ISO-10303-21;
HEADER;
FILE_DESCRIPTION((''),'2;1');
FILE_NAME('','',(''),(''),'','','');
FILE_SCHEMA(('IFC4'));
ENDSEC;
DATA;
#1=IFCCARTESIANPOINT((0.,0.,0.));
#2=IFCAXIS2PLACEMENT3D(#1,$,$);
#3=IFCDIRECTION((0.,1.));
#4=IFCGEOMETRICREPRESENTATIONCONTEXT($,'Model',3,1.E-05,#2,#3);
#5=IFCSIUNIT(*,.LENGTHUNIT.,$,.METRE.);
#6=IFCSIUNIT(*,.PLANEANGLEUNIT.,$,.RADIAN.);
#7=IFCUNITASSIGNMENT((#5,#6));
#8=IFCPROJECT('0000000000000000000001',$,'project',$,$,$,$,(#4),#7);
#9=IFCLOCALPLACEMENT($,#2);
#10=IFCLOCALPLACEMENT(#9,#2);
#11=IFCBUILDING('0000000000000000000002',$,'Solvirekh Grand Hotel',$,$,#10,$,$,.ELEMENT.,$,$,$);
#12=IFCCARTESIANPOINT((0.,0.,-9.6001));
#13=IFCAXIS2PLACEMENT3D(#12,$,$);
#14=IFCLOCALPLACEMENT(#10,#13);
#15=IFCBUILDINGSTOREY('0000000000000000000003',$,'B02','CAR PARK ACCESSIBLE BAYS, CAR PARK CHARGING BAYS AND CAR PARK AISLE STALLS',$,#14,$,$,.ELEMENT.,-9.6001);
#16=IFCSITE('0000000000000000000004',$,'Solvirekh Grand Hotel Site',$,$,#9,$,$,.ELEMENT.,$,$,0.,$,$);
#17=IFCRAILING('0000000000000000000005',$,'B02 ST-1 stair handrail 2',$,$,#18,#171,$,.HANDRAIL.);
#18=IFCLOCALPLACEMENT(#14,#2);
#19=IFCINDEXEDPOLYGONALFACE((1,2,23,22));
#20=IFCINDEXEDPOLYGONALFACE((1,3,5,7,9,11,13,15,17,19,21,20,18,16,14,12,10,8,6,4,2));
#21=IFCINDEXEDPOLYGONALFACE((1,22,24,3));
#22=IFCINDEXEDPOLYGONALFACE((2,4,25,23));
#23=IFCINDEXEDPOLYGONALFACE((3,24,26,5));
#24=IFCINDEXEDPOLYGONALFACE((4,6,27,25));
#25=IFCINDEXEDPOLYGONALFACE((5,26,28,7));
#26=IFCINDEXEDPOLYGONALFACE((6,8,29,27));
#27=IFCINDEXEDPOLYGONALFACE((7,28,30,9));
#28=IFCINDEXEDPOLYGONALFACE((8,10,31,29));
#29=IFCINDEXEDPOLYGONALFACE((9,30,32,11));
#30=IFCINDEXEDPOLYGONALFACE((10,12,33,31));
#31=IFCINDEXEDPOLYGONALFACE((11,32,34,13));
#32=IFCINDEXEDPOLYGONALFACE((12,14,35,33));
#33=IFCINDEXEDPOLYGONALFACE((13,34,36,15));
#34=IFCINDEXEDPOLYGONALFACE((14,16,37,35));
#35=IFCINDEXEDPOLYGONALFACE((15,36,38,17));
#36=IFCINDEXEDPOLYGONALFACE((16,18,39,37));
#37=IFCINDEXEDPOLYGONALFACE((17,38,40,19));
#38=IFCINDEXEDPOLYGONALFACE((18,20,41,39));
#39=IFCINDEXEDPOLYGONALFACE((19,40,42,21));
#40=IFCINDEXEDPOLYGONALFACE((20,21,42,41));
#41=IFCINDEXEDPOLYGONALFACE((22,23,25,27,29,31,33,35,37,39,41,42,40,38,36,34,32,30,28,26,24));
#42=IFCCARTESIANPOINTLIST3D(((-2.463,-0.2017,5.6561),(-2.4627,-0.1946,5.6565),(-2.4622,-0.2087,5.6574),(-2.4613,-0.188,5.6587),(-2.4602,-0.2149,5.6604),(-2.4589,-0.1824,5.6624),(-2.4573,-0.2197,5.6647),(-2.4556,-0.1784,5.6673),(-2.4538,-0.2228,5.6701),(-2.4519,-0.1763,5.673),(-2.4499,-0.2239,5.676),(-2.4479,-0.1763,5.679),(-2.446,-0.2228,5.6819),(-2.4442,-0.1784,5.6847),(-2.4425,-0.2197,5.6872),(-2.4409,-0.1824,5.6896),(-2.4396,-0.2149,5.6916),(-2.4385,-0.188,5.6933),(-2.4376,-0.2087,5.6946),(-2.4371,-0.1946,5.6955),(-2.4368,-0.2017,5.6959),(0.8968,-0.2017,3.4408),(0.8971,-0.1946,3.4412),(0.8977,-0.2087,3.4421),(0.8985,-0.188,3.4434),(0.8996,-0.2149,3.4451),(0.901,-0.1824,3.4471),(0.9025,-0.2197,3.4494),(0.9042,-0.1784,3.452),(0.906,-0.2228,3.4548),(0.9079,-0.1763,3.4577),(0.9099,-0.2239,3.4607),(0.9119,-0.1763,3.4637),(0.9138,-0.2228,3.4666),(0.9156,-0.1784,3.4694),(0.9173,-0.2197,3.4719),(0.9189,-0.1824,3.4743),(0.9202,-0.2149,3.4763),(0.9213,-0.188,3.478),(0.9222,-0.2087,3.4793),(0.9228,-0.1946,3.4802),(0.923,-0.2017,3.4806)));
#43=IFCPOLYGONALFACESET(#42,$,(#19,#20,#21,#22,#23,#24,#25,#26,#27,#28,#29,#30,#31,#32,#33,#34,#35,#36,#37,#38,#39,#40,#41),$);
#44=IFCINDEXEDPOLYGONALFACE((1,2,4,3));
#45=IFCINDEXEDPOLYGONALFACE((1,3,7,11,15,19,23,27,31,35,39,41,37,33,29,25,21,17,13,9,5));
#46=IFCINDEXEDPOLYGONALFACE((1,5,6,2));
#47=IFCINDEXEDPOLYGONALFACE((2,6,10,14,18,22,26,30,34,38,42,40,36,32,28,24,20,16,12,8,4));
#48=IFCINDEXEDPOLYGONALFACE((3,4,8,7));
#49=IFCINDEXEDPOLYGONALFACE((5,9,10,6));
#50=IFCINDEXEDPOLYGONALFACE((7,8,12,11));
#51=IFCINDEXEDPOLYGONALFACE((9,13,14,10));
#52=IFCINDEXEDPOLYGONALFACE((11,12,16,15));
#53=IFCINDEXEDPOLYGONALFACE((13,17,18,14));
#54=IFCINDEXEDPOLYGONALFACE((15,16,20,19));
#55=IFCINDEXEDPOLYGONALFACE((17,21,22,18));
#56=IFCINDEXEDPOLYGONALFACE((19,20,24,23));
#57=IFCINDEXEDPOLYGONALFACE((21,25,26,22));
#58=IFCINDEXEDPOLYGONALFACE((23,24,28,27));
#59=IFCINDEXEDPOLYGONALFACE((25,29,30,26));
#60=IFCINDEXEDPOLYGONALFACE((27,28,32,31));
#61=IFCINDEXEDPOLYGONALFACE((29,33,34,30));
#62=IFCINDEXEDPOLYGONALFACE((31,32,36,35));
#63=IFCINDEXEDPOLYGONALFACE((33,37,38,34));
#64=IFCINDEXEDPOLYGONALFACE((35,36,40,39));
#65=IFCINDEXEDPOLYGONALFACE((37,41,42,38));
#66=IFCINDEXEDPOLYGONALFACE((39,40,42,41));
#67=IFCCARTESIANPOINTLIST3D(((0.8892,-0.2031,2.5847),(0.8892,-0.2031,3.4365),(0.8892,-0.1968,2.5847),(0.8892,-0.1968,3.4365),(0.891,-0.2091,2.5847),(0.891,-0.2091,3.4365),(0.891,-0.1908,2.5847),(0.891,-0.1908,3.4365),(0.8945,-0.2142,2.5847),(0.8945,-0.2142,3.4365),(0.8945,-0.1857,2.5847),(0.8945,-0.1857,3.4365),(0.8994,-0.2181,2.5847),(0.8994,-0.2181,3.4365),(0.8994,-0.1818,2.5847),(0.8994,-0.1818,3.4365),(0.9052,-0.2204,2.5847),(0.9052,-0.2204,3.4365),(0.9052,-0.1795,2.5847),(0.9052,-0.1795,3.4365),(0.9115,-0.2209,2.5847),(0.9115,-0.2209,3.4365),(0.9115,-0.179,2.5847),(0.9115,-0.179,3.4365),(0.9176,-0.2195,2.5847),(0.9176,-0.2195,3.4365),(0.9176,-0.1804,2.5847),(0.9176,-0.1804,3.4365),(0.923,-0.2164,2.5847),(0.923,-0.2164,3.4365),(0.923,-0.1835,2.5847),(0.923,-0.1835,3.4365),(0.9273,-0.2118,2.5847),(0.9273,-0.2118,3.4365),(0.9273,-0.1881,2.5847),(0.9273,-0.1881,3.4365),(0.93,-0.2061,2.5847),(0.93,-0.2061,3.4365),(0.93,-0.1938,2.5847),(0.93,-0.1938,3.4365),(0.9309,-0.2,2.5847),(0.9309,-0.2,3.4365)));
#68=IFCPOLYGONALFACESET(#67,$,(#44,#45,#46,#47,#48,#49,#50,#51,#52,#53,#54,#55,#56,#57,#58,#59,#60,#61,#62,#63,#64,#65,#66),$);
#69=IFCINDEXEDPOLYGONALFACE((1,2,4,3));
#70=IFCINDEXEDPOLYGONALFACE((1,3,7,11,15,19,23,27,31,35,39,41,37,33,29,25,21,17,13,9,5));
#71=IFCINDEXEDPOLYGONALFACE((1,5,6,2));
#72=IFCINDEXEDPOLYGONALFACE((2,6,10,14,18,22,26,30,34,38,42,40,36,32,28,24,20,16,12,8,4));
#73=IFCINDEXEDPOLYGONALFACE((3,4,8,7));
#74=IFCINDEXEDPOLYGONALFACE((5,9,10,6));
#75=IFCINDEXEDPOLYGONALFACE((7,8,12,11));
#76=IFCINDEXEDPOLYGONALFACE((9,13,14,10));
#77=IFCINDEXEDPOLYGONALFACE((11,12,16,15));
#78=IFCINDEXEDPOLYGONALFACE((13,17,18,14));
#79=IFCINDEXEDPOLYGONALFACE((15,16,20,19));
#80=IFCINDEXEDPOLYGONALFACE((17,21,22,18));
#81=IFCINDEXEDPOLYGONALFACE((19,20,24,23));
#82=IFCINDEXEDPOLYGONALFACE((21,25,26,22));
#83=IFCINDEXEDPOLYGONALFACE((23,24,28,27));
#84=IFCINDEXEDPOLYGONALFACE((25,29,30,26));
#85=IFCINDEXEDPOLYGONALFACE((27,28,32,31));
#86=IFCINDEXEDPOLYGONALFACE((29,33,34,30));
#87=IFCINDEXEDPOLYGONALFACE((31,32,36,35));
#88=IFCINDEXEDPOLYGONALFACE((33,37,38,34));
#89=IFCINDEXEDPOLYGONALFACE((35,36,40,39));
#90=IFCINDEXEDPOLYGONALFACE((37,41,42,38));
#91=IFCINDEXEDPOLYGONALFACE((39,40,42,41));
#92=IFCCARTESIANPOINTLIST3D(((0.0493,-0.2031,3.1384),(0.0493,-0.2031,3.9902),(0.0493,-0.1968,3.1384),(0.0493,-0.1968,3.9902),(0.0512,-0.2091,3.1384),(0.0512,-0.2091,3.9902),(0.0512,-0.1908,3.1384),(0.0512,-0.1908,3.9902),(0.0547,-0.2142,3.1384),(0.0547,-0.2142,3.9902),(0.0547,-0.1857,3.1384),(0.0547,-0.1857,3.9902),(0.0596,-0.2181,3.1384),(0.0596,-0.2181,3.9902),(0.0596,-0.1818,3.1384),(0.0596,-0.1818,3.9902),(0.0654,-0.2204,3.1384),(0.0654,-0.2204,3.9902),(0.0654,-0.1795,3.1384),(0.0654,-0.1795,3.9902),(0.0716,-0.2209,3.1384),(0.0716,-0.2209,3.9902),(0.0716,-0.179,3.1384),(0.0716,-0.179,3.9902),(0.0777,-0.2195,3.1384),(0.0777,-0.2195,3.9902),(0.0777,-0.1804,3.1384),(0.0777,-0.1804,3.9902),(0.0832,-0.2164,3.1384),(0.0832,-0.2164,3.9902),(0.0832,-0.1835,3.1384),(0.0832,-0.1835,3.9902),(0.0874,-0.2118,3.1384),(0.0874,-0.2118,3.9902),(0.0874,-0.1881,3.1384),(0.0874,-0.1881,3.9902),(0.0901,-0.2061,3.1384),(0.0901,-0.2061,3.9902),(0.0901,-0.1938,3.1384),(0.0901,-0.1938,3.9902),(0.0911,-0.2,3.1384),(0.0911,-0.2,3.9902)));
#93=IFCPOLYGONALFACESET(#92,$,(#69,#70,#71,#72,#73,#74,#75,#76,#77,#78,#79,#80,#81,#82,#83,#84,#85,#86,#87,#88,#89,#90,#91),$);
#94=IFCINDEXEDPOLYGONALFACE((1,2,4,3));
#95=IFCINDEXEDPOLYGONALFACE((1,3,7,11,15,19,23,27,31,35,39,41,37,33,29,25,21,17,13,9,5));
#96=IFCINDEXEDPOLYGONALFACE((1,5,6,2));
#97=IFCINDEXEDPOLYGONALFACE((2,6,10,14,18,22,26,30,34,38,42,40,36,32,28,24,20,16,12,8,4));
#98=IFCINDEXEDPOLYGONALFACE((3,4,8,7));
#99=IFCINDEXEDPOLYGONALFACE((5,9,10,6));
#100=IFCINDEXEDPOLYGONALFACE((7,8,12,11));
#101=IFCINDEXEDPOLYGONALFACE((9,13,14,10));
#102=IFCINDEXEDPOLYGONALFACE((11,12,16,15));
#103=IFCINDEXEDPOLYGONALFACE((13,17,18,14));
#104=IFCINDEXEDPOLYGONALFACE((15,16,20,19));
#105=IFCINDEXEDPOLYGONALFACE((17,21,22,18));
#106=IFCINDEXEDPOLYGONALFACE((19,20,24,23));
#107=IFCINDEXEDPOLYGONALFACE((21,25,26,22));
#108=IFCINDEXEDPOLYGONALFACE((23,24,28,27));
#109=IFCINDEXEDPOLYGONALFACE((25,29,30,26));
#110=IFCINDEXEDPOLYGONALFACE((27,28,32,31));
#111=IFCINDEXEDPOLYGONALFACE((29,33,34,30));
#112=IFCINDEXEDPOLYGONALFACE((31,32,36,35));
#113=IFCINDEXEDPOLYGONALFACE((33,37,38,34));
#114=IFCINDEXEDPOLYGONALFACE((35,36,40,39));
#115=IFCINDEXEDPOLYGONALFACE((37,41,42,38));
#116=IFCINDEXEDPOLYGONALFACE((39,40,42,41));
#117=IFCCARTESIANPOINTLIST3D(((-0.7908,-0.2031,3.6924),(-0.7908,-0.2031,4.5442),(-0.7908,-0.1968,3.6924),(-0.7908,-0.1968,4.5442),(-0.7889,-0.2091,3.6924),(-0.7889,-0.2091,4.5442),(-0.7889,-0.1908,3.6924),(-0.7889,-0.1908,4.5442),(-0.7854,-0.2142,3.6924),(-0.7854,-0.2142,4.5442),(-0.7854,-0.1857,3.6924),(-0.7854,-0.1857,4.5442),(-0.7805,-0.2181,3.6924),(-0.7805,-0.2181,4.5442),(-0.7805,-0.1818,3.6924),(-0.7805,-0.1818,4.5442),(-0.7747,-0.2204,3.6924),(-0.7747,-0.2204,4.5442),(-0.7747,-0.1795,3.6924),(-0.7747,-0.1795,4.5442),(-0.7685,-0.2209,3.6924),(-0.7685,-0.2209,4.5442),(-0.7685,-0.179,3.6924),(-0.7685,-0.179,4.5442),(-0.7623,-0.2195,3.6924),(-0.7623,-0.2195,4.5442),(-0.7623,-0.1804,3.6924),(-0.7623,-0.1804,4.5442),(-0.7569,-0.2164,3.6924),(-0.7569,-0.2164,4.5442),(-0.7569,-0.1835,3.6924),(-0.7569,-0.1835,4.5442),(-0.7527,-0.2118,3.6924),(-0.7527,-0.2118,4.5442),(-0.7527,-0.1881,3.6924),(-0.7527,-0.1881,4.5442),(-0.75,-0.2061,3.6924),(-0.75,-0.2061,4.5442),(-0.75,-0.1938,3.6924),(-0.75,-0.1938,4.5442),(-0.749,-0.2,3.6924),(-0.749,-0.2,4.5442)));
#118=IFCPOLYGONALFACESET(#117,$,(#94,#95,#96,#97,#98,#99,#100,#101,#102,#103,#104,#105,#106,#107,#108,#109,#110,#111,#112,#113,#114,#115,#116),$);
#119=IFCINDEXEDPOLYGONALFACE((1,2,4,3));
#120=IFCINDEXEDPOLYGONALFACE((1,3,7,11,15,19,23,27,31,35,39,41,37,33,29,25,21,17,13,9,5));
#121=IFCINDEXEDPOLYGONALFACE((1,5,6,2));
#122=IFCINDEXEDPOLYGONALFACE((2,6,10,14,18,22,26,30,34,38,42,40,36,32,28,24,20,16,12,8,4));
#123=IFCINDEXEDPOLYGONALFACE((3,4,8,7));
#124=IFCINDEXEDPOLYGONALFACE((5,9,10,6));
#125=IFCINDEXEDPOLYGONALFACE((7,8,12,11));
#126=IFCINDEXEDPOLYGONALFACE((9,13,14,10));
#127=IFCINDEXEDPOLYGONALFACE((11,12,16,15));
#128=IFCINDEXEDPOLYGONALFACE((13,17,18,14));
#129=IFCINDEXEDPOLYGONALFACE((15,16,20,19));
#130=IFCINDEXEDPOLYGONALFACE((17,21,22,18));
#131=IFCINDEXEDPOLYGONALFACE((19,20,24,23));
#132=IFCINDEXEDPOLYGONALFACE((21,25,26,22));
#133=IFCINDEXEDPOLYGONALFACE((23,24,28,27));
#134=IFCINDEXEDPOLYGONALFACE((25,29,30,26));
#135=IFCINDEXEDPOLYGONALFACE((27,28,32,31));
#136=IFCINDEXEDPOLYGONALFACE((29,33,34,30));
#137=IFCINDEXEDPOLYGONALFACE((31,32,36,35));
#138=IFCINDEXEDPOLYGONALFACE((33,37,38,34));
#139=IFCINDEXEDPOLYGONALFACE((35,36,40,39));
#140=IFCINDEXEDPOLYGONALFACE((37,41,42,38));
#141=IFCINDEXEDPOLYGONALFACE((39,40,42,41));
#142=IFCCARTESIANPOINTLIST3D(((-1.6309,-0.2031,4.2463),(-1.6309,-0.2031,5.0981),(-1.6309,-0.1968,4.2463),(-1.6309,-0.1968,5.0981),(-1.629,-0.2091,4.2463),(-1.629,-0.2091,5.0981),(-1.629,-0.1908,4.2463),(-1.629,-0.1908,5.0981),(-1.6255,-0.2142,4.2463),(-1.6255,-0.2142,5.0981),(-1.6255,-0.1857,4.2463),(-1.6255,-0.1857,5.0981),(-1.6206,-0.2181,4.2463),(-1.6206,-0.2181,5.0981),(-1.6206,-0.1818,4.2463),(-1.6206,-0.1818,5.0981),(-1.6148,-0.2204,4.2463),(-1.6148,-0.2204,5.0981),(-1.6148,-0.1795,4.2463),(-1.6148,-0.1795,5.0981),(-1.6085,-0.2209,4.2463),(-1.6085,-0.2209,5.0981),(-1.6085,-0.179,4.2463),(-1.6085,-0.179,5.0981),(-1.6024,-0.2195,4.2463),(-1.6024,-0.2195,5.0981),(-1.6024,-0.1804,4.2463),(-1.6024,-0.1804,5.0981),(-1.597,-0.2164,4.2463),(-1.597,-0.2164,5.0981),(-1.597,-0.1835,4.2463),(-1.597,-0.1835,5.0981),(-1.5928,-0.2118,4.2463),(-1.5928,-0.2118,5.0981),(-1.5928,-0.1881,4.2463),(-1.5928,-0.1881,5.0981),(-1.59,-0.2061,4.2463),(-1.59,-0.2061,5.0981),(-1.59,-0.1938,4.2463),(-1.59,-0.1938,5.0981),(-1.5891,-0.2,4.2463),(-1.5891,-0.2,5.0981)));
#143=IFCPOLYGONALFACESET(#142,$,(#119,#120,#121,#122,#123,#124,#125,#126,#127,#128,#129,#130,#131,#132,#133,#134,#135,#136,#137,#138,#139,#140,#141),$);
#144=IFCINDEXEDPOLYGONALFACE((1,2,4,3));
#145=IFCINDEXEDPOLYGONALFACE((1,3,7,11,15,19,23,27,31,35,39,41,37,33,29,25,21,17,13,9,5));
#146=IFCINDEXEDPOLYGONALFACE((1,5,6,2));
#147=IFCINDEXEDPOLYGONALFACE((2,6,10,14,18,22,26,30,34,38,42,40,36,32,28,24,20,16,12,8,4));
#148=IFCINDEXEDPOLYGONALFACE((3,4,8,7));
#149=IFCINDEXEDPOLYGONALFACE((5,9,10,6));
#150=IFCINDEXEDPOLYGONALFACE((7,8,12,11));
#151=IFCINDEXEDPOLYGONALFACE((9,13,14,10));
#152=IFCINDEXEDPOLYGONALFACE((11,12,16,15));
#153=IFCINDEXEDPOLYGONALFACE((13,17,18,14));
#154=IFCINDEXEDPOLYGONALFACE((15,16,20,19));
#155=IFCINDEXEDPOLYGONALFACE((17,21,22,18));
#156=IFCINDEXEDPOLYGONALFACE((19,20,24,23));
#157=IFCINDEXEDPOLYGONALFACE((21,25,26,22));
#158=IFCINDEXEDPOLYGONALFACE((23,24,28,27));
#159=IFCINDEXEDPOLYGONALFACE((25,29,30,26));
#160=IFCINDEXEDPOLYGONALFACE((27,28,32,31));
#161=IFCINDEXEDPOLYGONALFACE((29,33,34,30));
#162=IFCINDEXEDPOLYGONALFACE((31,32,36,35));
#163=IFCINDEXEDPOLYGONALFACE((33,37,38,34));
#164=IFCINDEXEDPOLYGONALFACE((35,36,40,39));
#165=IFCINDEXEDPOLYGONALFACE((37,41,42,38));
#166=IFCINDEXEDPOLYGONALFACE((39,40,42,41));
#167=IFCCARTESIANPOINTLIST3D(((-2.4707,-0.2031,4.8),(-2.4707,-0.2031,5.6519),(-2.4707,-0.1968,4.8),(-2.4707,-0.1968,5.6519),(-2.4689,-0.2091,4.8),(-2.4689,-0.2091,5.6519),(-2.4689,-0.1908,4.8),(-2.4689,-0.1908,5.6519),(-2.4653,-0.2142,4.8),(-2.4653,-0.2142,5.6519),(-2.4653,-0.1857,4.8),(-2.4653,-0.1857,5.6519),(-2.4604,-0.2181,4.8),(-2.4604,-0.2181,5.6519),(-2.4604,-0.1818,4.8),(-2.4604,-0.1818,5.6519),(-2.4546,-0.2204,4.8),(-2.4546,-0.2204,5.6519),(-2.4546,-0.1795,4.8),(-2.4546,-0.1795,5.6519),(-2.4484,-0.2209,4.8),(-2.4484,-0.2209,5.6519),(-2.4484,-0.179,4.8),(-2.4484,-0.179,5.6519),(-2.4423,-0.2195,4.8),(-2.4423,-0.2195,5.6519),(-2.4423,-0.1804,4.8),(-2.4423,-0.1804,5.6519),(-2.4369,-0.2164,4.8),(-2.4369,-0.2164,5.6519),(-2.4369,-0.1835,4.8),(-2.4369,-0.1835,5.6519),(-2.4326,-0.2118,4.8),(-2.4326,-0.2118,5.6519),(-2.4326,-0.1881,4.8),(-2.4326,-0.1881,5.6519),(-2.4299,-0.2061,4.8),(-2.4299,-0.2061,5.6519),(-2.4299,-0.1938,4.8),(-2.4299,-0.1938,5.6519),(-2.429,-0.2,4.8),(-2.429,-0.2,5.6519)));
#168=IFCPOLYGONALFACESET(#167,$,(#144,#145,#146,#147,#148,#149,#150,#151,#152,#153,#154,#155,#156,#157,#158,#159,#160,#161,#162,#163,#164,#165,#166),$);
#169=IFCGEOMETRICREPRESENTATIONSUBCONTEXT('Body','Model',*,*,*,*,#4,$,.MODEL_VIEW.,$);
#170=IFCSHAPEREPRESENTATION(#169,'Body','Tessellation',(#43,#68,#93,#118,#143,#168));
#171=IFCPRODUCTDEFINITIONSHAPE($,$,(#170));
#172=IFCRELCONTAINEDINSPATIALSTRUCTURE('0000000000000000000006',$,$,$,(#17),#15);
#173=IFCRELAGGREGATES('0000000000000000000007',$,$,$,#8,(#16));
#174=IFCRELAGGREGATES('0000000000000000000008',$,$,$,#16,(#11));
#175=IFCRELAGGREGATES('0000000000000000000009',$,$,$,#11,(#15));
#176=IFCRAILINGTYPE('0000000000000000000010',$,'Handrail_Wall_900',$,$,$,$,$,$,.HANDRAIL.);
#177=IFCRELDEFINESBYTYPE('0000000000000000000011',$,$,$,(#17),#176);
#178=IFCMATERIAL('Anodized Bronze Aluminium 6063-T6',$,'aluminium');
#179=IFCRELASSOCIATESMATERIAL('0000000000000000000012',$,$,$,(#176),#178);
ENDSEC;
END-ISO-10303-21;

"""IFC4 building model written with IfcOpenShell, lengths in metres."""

from ifc_helpers import new_model, si_unit, direction, frame, origin, origin_2d, place, context, subcontext, project, spatial, circle, extrude, material, type_object, element, save


model = new_model("IFC4")

# Units and contexts
model_context = context("Model", 3, precision=1e-05, world=origin(), true_north=direction((0.0, 1.0)))
body_context = subcontext(model_context, "Body", "Model", "MODEL_VIEW")
ifc_project = project(units=[si_unit("LENGTHUNIT", "METRE"), si_unit("PLANEANGLEUNIT", "RADIAN")], contexts=[model_context])

# Site, building, storey
site_placement = place(None, origin())
site = spatial("IfcSite", under=ifc_project, at=site_placement, Name="Solvirekh Grand Hotel Site", CompositionType="ELEMENT", RefElevation=0.0)
building_placement = place(site_placement, origin())
building = spatial("IfcBuilding", under=site, at=building_placement, Name="Solvirekh Grand Hotel", CompositionType="ELEMENT")
storey_placement = place(building_placement, frame((0.0, 0.0, -9.6001)))
storey = spatial("IfcBuildingStorey", under=building, at=storey_placement, Name="B02", Description="CAR PARK ACCESSIBLE BAYS, CAR PARK CHARGING BAYS AND CAR PARK AISLE STALLS", CompositionType="ELEMENT", Elevation=-9.6001)

# Railing
ifc_material_1 = material(Name="Anodized Bronze Aluminium 6063-T6", Category="aluminium")
railing_type_1 = type_object("IfcRailingType", Name="Handrail_Wall_900", PredefinedType="HANDRAIL", material=ifc_material_1)
for number, where, name in (
    (1, (0.9099, -0.2, 2.5847), "B02 ST-1 stair handrail 2"),
):
    element("IfcRailing", number, at=place(storey_placement, frame(where)), inside=storey, type_object=railing_type_1, Name=name, PredefinedType="HANDRAIL", context=body_context, shape_type="SweptSolid", body=[
        extrude(circle(Radius=0.0239, at=origin_2d()), frame((0.0, 0.0, 0.876), z_axis=(-0.834858, 0.0, 0.550465), x_axis=(0.0, -1.0, 0.0)), (0.0, 0.0, 1.0), 4.0244),
        extrude(circle(Radius=0.021, at=origin_2d()), origin(), (0.0, 0.0, 1.0), 0.8518),
        extrude(circle(Radius=0.021, at=origin_2d()), frame((-0.8398, 0.0, 0.5537)), (0.0, 0.0, 1.0), 0.8518),
        extrude(circle(Radius=0.021, at=origin_2d()), frame((-1.6799, 0.0, 1.1077)), (0.0, 0.0, 1.0), 0.8518),
        extrude(circle(Radius=0.021, at=origin_2d()), frame((-2.52, 0.0, 1.6616)), (0.0, 0.0, 1.0), 0.8518),
        extrude(circle(Radius=0.021, at=origin_2d()), frame((-3.3599, 0.0, 2.2153)), (0.0, 0.0, 1.0), 0.8518),
    ])

save(model, "model.ifc")
